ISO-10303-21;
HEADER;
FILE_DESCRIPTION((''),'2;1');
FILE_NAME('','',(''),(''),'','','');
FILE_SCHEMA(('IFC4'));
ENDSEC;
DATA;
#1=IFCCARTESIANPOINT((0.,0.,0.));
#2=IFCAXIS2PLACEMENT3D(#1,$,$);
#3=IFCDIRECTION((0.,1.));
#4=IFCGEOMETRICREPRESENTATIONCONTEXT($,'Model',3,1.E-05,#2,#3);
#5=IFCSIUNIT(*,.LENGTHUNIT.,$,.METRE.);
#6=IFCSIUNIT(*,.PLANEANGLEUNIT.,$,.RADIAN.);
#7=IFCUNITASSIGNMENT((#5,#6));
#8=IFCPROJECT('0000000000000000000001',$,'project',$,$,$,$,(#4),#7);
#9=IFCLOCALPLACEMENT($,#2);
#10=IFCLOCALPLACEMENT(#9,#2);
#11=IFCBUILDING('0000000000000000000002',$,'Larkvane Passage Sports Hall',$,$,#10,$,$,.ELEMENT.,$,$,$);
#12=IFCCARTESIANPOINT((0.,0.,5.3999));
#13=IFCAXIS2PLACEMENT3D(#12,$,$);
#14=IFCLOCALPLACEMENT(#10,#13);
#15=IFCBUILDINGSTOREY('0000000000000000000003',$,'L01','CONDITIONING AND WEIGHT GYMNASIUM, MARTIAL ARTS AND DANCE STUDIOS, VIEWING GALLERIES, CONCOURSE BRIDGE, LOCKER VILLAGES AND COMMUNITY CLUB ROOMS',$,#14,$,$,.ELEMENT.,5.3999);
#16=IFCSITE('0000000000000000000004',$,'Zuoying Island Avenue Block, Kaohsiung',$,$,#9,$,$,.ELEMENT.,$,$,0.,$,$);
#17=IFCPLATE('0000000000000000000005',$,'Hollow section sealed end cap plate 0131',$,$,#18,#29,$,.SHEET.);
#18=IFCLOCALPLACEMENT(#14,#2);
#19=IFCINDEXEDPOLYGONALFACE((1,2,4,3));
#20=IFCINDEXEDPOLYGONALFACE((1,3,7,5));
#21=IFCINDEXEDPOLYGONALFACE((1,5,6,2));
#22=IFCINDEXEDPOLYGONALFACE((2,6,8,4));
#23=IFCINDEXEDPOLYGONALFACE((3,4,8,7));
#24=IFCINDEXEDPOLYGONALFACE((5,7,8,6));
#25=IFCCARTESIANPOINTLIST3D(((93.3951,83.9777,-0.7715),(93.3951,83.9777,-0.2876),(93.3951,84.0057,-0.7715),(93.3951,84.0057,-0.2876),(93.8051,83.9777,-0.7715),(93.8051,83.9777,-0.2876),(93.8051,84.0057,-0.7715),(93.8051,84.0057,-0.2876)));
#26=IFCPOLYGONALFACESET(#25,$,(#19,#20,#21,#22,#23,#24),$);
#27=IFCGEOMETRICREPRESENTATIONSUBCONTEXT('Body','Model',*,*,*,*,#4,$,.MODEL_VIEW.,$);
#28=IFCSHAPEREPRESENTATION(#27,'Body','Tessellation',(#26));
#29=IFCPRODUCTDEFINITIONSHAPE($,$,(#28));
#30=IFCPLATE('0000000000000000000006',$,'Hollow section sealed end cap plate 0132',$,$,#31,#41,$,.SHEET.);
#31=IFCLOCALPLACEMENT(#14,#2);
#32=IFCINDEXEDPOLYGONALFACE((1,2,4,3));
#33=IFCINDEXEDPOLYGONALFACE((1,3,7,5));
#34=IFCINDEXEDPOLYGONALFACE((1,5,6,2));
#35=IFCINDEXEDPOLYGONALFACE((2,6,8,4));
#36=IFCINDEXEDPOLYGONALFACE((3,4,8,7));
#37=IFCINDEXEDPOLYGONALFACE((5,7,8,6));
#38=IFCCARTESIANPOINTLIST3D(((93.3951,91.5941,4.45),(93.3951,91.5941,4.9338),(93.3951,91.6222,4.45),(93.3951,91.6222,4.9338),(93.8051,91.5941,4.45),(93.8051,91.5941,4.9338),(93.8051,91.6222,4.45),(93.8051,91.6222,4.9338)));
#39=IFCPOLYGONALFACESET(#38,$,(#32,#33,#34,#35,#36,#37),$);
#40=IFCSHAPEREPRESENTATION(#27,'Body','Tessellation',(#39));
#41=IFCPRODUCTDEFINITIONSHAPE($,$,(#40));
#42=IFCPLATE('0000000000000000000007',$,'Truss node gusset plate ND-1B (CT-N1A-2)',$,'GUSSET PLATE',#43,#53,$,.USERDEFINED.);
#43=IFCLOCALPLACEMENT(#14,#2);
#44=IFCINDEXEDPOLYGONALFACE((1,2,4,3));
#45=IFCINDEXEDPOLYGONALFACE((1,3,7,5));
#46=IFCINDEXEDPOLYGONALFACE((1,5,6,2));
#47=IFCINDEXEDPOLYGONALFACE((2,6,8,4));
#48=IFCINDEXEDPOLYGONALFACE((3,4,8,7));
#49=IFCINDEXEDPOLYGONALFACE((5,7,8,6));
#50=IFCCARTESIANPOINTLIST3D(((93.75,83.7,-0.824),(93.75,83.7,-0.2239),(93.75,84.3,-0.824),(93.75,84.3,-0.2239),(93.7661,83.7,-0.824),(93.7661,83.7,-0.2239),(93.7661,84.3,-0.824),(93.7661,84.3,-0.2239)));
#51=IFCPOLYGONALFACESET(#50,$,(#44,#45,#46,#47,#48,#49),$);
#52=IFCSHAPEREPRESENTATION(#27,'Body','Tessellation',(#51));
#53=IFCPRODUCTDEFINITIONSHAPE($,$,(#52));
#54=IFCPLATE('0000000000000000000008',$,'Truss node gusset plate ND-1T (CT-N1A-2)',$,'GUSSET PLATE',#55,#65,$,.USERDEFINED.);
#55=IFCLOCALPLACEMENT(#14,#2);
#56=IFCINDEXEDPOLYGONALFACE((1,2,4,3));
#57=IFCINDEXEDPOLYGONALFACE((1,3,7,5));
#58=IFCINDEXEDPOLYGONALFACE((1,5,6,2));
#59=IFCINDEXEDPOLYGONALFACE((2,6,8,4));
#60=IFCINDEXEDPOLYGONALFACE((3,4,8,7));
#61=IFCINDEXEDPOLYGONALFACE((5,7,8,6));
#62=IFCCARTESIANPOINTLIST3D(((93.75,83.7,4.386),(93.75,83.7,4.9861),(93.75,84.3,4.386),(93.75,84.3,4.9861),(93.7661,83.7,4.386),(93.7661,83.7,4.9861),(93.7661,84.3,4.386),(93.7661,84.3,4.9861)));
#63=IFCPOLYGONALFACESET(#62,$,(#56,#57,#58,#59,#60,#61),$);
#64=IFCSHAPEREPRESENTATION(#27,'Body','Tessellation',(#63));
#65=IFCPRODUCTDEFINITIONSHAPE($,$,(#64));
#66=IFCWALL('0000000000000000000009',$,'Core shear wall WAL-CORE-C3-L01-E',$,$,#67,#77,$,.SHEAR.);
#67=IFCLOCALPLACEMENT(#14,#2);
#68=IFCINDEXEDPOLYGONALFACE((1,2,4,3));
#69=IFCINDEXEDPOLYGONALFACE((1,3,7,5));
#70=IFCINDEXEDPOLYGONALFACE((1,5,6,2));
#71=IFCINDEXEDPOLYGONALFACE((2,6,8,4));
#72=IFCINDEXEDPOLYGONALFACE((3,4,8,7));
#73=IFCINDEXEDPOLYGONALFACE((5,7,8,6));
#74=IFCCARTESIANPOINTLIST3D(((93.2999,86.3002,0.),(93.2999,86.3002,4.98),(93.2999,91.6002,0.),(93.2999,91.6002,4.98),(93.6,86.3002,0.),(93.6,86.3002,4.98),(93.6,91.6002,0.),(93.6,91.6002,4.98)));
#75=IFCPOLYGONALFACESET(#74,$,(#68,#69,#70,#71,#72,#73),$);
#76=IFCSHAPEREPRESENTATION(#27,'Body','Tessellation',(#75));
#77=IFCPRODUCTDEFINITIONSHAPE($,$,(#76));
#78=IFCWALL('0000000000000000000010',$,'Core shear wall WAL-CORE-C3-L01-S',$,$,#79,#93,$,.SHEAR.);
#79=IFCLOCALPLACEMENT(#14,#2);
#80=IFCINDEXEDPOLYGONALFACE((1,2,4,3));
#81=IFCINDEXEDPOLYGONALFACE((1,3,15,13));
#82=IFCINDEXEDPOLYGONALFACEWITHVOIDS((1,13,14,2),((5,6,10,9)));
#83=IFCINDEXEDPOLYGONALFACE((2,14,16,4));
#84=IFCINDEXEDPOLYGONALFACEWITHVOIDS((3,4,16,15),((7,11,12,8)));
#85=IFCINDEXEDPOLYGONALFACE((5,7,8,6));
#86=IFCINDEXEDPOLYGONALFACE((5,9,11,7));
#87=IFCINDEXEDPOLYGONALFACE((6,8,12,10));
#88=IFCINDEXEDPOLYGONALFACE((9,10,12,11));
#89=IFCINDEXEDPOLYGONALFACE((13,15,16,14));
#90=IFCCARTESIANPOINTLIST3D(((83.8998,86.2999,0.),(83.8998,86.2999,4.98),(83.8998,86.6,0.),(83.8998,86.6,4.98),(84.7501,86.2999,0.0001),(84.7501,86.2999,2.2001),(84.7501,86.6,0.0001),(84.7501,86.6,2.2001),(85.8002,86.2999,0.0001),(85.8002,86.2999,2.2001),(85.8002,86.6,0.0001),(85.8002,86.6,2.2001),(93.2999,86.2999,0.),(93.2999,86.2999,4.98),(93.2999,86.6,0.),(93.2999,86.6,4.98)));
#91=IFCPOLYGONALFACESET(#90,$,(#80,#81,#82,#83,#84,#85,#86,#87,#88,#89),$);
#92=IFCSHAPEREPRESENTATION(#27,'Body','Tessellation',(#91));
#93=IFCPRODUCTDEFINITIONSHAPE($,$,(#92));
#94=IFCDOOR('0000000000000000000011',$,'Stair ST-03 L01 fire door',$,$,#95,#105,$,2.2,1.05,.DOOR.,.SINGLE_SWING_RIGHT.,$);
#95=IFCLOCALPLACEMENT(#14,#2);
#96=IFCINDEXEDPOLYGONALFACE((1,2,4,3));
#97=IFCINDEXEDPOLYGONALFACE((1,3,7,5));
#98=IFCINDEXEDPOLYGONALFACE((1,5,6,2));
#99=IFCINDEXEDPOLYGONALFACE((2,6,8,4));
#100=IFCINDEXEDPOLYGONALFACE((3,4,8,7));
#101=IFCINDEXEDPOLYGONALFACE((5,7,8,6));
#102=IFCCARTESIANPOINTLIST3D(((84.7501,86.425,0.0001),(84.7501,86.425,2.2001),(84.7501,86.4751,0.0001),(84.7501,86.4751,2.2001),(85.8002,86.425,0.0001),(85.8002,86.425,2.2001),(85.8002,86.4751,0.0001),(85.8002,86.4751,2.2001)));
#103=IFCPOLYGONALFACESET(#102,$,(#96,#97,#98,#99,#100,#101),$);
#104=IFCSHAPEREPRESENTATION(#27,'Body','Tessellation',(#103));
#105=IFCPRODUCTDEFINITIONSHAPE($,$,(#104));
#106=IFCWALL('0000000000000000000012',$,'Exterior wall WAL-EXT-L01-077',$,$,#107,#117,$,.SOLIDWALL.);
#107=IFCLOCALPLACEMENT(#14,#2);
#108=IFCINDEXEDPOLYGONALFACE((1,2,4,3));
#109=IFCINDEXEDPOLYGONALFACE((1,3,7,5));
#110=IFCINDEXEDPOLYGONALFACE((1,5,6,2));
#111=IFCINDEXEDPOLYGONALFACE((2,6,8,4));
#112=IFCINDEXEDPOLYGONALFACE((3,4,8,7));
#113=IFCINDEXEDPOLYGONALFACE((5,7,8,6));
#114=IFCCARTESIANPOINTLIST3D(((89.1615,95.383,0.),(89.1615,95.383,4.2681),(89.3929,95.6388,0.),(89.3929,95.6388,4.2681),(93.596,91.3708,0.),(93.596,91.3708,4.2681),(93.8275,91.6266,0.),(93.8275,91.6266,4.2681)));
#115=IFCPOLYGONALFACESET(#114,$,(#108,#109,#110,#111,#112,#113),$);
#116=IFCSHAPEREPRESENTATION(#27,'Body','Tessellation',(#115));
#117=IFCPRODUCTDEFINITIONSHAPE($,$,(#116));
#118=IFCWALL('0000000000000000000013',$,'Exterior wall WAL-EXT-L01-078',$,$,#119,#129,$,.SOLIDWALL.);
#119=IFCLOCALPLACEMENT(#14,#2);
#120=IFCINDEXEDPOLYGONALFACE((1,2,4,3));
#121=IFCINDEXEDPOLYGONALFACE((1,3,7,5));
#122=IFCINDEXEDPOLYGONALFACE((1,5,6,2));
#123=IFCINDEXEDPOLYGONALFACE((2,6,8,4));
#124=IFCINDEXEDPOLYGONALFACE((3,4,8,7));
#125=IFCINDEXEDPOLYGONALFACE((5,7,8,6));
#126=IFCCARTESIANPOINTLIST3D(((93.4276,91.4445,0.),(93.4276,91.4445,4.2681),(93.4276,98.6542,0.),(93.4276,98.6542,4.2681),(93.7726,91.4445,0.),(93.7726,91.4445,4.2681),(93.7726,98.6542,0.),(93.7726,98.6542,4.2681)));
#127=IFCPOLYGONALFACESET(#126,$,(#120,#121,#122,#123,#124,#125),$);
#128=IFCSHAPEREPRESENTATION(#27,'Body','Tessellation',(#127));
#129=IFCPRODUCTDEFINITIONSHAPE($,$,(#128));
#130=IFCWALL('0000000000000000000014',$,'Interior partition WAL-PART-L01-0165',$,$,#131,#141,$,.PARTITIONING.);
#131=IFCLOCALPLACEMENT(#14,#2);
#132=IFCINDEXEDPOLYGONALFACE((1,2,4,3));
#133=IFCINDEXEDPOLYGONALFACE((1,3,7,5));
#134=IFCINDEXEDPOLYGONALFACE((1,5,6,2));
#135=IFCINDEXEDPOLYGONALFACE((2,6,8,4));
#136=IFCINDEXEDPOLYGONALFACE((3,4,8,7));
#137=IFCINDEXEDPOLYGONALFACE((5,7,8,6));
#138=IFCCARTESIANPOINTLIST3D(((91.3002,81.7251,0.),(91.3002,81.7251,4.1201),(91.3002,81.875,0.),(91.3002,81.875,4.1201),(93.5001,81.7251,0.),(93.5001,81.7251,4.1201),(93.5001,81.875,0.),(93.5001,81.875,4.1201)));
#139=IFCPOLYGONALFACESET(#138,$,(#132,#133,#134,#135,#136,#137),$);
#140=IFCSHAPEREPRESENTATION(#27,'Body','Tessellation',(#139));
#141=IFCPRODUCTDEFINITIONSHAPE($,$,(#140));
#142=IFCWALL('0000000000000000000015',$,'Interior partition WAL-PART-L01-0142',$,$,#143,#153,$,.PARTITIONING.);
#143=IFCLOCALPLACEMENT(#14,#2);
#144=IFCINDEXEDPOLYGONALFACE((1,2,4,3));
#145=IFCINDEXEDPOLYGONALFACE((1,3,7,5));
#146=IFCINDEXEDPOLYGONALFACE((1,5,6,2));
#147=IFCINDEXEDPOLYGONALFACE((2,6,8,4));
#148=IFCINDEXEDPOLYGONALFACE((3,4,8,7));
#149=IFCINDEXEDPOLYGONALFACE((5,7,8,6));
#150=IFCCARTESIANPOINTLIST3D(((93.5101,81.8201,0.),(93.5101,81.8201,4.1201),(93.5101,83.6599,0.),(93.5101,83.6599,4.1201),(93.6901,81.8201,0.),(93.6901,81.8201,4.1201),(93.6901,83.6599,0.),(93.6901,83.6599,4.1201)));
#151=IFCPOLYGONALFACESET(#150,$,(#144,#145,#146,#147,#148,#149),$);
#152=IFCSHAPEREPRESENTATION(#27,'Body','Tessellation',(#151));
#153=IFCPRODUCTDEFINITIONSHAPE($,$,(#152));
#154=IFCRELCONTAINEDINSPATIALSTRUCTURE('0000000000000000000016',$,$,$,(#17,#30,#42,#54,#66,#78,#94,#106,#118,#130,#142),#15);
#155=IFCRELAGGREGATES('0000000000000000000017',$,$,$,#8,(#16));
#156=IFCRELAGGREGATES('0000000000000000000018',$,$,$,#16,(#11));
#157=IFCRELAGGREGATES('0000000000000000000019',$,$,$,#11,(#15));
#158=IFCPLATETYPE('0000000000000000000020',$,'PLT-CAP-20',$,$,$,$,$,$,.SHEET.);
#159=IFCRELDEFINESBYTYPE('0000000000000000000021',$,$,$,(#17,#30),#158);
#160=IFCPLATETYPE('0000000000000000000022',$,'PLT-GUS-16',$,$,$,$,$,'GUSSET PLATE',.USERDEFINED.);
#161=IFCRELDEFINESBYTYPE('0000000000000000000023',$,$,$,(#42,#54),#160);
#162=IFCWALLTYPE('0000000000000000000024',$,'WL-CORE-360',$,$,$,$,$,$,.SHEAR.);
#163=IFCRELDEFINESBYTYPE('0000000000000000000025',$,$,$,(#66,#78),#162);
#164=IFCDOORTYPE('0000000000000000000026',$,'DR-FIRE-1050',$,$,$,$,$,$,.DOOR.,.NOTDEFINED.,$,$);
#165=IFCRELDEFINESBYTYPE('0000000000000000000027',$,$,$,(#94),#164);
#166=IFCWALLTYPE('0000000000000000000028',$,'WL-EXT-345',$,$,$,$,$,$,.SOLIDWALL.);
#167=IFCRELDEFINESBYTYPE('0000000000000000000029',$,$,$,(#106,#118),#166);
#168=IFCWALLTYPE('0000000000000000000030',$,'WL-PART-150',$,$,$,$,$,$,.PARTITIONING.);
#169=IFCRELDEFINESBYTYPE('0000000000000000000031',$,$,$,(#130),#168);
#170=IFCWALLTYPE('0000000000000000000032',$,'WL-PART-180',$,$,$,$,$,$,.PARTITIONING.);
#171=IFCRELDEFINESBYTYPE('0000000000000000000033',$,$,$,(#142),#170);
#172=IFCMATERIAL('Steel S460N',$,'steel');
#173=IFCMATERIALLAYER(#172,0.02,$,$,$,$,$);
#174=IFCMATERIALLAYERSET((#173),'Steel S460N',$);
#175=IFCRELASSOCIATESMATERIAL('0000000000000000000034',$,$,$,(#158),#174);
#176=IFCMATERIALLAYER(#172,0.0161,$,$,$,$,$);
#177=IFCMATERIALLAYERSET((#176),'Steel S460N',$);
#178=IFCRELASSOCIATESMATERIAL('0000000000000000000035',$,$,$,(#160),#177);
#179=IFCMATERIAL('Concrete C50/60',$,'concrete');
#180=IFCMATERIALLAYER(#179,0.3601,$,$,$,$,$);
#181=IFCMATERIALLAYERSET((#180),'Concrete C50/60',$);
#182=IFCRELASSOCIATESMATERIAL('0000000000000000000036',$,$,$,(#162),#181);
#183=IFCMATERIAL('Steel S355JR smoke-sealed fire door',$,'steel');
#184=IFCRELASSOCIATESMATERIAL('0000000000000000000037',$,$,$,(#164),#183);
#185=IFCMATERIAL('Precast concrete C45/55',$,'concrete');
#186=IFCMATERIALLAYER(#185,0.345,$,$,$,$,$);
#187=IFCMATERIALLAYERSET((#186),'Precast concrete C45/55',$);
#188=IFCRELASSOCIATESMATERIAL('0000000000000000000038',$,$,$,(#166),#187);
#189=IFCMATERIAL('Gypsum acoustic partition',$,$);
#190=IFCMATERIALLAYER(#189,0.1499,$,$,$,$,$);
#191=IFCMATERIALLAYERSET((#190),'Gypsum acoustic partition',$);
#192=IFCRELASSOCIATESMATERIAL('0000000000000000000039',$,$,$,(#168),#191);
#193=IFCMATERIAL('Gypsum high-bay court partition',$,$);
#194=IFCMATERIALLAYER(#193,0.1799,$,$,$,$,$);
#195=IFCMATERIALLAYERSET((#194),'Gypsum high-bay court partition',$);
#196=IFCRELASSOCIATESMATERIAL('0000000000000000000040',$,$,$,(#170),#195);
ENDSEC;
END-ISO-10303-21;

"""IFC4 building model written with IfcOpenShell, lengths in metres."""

from ifc_helpers import new_model, si_unit, direction, frame, frame_2d, origin, origin_2d, place, context, subcontext, project, spatial, rectangle, extrude, material, layer, layer_set, type_object, element, fill, save


model = new_model("IFC4")

# Units and contexts
model_context = context("Model", 3, precision=1e-05, world=origin(), true_north=direction((0.0, 1.0)))
body_context = subcontext(model_context, "Body", "Model", "MODEL_VIEW")
ifc_project = project(units=[si_unit("LENGTHUNIT", "METRE"), si_unit("PLANEANGLEUNIT", "RADIAN")], contexts=[model_context])

# Site, building, storey
site_placement = place(None, origin())
site = spatial("IfcSite", under=ifc_project, at=site_placement, Name="Zuoying Island Avenue Block, Kaohsiung", CompositionType="ELEMENT", RefElevation=0.0)
building_placement = place(site_placement, origin())
building = spatial("IfcBuilding", under=site, at=building_placement, Name="Larkvane Passage Sports Hall", CompositionType="ELEMENT")
storey_placement = place(building_placement, frame((0.0, 0.0, 5.3999)))
storey = spatial("IfcBuildingStorey", under=building, at=storey_placement, Name="L01", Description="CONDITIONING AND WEIGHT GYMNASIUM, MARTIAL ARTS AND DANCE STUDIOS, VIEWING GALLERIES, CONCOURSE BRIDGE, LOCKER VILLAGES AND COMMUNITY CLUB ROOMS", CompositionType="ELEMENT", Elevation=5.3999)

# Shared definitions
ifc_material_1 = material(Name="Steel S460N", Category="steel")

# Plates
ifc_layer_1 = layer(ifc_material_1, 0.02)
ifc_layer_set_1 = layer_set([ifc_layer_1], Name="Steel S460N")
plate_type_1 = type_object("IfcPlateType", Name="PLT-CAP-20", PredefinedType="SHEET", material=ifc_layer_set_1)
for number, where, z_axis, x_axis, name in (
    (1, (93.6001, 83.9917, -0.7715), (0.0, 0.0, 1.0), (-1.0, 0.0, 0.0), "Hollow section sealed end cap plate 0131"),
    (2, (93.6001, 91.6082, 4.45), (0.0, 0.0, 1.0), (-1.0, 0.0, 0.0), "Hollow section sealed end cap plate 0132"),
):
    element("IfcPlate", number, at=place(storey_placement, frame(where, z_axis=z_axis, x_axis=x_axis)), inside=storey, type_object=plate_type_1, Name=name, PredefinedType="SHEET", context=body_context, shape_type="SweptSolid", body=[
        extrude(rectangle(XDim=0.4099, YDim=0.0281, at=origin_2d()), origin(), (0.0, 0.0, 1.0), 0.4839),
    ])
ifc_layer_2 = layer(ifc_material_1, 0.0161)
ifc_layer_set_2 = layer_set([ifc_layer_2], Name="Steel S460N")
plate_type_2 = type_object("IfcPlateType", Name="PLT-GUS-16", ElementType="GUSSET PLATE", PredefinedType="USERDEFINED", material=ifc_layer_set_2)
for number, where, z_axis, x_axis, name in (
    (3, (93.7581, 84.0, -0.824), (0.0, 0.0, 1.0), (0.0, 1.0, 0.0), "Truss node gusset plate ND-1B (CT-N1A-2)"),
    (4, (93.7581, 84.0, 4.386), (0.0, 0.0, 1.0), (0.0, 1.0, 0.0), "Truss node gusset plate ND-1T (CT-N1A-2)"),
):
    element("IfcPlate", number, at=place(storey_placement, frame(where, z_axis=z_axis, x_axis=x_axis)), inside=storey, type_object=plate_type_2, Name=name, ObjectType="GUSSET PLATE", PredefinedType="USERDEFINED", context=body_context, shape_type="SweptSolid", body=[
        extrude(rectangle(XDim=0.6001, YDim=0.0161, at=origin_2d()), origin(), (0.0, 0.0, 1.0), 0.6001),
    ])

# Wall
ifc_material_2 = material(Name="Concrete C50/60", Category="concrete")
ifc_layer_3 = layer(ifc_material_2, 0.3601)
ifc_layer_set_3 = layer_set([ifc_layer_3], Name="Concrete C50/60")
wall_type_1 = type_object("IfcWallType", Name="WL-CORE-360", PredefinedType="SHEAR", material=ifc_layer_set_3)
wall_1_placement = place(storey_placement, frame((93.45, 91.6001, 0.0), z_axis=(0.0, 0.0, 1.0), x_axis=(0.0, -1.0, 0.0)))
element("IfcWall", 5, at=wall_1_placement, inside=storey, type_object=wall_type_1, Name="Core shear wall WAL-CORE-C3-L01-E", PredefinedType="SHEAR", context=body_context, shape_type="SweptSolid", body=[
    extrude(rectangle(XDim=5.3, YDim=0.3, at=frame_2d((2.6499, 0.0))), origin(), (0.0, 0.0, 1.0), 4.98),
])

# Wall, opening, door
wall_2_placement = place(storey_placement, frame((93.3, 86.45, 0.0), z_axis=(0.0, 0.0, 1.0), x_axis=(-1.0, 0.0, 0.0)))
wall_2 = element("IfcWall", 6, at=wall_2_placement, inside=storey, type_object=wall_type_1, Name="Core shear wall WAL-CORE-C3-L01-S", PredefinedType="SHEAR", context=body_context, shape_type="SweptSolid", body=[
    extrude(rectangle(XDim=9.4001, YDim=0.3, at=frame_2d((4.7002, 0.0))), origin(), (0.0, 0.0, 1.0), 4.98),
])
opening_1_placement = place(wall_2_placement, frame((7.5, 0.0, 0.0)))
opening_1 = element("IfcOpeningElement", 7, at=opening_1_placement, cuts=wall_2, PredefinedType="OPENING", context=body_context, shape_type="SweptSolid", body=[
    extrude(rectangle(XDim=1.05, YDim=2.2, at=frame_2d((0.5249, 1.1001))), frame((0.0, 0.1599, 0.0), z_axis=(0.0, -1.0, 0.0), x_axis=(1.0, 0.0, 0.0)), (0.0, 0.0, 1.0), 0.3201),
])
ifc_material_3 = material(Name="Steel S355JR smoke-sealed fire door", Category="steel")
door_type_1 = type_object("IfcDoorType", Name="DR-FIRE-1050", OperationType="NOTDEFINED", PredefinedType="DOOR", material=ifc_material_3)
door_1_placement = place(opening_1_placement, origin())
door_1 = element("IfcDoor", 8, at=door_1_placement, inside=storey, type_object=door_type_1, Name="Stair ST-03 L01 fire door", OperationType="SINGLE_SWING_RIGHT", OverallHeight=2.2, OverallWidth=1.05, PredefinedType="DOOR", context=body_context, shape_type="SweptSolid", body=[
    extrude(rectangle(XDim=1.05, YDim=2.2, at=frame_2d((0.5249, 1.1001))), frame((0.0, 0.0249, 0.0), z_axis=(0.0, -1.0, 0.0), x_axis=(1.0, 0.0, 0.0)), (0.0, 0.0, 1.0), 0.05),
])
fill(opening_1, door_1)

# Walls
ifc_material_4 = material(Name="Precast concrete C45/55", Category="concrete")
ifc_layer_4 = layer(ifc_material_4, 0.345)
ifc_layer_set_4 = layer_set([ifc_layer_4], Name="Precast concrete C45/55")
wall_type_2 = type_object("IfcWallType", Name="WL-EXT-345", PredefinedType="SOLIDWALL", material=ifc_layer_set_4)
wall_3_placement = place(storey_placement, frame((89.2771, 95.511, 0.0), z_axis=(0.0, 0.0, 1.0), x_axis=(0.741538, -0.670911, 0.0)))
element("IfcWall", 9, at=wall_3_placement, inside=storey, type_object=wall_type_2, Name="Exterior wall WAL-EXT-L01-077", PredefinedType="SOLIDWALL", context=body_context, shape_type="SweptSolid", body=[
    extrude(rectangle(XDim=5.9802, YDim=0.345, at=frame_2d((2.9902, 0.0))), origin(), (0.0, 0.0, 1.0), 4.2681),
])
wall_4_placement = place(storey_placement, frame((93.6001, 91.4443, 0.0), z_axis=(0.0, 0.0, 1.0), x_axis=(0.0, 1.0, 0.0)))
element("IfcWall", 10, at=wall_4_placement, inside=storey, type_object=wall_type_2, Name="Exterior wall WAL-EXT-L01-078", PredefinedType="SOLIDWALL", context=body_context, shape_type="SweptSolid", body=[
    extrude(rectangle(XDim=7.2097, YDim=0.345, at=frame_2d((3.605, 0.0))), origin(), (0.0, 0.0, 1.0), 4.2681),
])
ifc_material_5 = material(Name="Gypsum acoustic partition")
ifc_layer_5 = layer(ifc_material_5, 0.1499)
ifc_layer_set_5 = layer_set([ifc_layer_5], Name="Gypsum acoustic partition")
wall_type_3 = type_object("IfcWallType", Name="WL-PART-150", PredefinedType="PARTITIONING", material=ifc_layer_set_5)
wall_5_placement = place(storey_placement, frame((91.3, 81.8, 0.0), z_axis=(0.0, 0.0, 1.0), x_axis=(1.0, 0.0, 0.0)))
element("IfcWall", 11, at=wall_5_placement, inside=storey, type_object=wall_type_3, Name="Interior partition WAL-PART-L01-0165", PredefinedType="PARTITIONING", context=body_context, shape_type="SweptSolid", body=[
    extrude(rectangle(XDim=2.2, YDim=0.1499, at=frame_2d((1.1001, 0.0))), origin(), (0.0, 0.0, 1.0), 4.1201),
])
ifc_material_6 = material(Name="Gypsum high-bay court partition")
ifc_layer_6 = layer(ifc_material_6, 0.1799)
ifc_layer_set_6 = layer_set([ifc_layer_6], Name="Gypsum high-bay court partition")
wall_type_4 = type_object("IfcWallType", Name="WL-PART-180", PredefinedType="PARTITIONING", material=ifc_layer_set_6)
wall_6_placement = place(storey_placement, frame((93.6001, 81.8201, 0.0), z_axis=(0.0, 0.0, 1.0), x_axis=(0.0, 1.0, 0.0)))
element("IfcWall", 12, at=wall_6_placement, inside=storey, type_object=wall_type_4, Name="Interior partition WAL-PART-L01-0142", PredefinedType="PARTITIONING", context=body_context, shape_type="SweptSolid", body=[
    extrude(rectangle(XDim=1.8398, YDim=0.1799, at=frame_2d((0.9199, 0.0))), origin(), (0.0, 0.0, 1.0), 4.1201),
])

save(model, "model.ifc")
